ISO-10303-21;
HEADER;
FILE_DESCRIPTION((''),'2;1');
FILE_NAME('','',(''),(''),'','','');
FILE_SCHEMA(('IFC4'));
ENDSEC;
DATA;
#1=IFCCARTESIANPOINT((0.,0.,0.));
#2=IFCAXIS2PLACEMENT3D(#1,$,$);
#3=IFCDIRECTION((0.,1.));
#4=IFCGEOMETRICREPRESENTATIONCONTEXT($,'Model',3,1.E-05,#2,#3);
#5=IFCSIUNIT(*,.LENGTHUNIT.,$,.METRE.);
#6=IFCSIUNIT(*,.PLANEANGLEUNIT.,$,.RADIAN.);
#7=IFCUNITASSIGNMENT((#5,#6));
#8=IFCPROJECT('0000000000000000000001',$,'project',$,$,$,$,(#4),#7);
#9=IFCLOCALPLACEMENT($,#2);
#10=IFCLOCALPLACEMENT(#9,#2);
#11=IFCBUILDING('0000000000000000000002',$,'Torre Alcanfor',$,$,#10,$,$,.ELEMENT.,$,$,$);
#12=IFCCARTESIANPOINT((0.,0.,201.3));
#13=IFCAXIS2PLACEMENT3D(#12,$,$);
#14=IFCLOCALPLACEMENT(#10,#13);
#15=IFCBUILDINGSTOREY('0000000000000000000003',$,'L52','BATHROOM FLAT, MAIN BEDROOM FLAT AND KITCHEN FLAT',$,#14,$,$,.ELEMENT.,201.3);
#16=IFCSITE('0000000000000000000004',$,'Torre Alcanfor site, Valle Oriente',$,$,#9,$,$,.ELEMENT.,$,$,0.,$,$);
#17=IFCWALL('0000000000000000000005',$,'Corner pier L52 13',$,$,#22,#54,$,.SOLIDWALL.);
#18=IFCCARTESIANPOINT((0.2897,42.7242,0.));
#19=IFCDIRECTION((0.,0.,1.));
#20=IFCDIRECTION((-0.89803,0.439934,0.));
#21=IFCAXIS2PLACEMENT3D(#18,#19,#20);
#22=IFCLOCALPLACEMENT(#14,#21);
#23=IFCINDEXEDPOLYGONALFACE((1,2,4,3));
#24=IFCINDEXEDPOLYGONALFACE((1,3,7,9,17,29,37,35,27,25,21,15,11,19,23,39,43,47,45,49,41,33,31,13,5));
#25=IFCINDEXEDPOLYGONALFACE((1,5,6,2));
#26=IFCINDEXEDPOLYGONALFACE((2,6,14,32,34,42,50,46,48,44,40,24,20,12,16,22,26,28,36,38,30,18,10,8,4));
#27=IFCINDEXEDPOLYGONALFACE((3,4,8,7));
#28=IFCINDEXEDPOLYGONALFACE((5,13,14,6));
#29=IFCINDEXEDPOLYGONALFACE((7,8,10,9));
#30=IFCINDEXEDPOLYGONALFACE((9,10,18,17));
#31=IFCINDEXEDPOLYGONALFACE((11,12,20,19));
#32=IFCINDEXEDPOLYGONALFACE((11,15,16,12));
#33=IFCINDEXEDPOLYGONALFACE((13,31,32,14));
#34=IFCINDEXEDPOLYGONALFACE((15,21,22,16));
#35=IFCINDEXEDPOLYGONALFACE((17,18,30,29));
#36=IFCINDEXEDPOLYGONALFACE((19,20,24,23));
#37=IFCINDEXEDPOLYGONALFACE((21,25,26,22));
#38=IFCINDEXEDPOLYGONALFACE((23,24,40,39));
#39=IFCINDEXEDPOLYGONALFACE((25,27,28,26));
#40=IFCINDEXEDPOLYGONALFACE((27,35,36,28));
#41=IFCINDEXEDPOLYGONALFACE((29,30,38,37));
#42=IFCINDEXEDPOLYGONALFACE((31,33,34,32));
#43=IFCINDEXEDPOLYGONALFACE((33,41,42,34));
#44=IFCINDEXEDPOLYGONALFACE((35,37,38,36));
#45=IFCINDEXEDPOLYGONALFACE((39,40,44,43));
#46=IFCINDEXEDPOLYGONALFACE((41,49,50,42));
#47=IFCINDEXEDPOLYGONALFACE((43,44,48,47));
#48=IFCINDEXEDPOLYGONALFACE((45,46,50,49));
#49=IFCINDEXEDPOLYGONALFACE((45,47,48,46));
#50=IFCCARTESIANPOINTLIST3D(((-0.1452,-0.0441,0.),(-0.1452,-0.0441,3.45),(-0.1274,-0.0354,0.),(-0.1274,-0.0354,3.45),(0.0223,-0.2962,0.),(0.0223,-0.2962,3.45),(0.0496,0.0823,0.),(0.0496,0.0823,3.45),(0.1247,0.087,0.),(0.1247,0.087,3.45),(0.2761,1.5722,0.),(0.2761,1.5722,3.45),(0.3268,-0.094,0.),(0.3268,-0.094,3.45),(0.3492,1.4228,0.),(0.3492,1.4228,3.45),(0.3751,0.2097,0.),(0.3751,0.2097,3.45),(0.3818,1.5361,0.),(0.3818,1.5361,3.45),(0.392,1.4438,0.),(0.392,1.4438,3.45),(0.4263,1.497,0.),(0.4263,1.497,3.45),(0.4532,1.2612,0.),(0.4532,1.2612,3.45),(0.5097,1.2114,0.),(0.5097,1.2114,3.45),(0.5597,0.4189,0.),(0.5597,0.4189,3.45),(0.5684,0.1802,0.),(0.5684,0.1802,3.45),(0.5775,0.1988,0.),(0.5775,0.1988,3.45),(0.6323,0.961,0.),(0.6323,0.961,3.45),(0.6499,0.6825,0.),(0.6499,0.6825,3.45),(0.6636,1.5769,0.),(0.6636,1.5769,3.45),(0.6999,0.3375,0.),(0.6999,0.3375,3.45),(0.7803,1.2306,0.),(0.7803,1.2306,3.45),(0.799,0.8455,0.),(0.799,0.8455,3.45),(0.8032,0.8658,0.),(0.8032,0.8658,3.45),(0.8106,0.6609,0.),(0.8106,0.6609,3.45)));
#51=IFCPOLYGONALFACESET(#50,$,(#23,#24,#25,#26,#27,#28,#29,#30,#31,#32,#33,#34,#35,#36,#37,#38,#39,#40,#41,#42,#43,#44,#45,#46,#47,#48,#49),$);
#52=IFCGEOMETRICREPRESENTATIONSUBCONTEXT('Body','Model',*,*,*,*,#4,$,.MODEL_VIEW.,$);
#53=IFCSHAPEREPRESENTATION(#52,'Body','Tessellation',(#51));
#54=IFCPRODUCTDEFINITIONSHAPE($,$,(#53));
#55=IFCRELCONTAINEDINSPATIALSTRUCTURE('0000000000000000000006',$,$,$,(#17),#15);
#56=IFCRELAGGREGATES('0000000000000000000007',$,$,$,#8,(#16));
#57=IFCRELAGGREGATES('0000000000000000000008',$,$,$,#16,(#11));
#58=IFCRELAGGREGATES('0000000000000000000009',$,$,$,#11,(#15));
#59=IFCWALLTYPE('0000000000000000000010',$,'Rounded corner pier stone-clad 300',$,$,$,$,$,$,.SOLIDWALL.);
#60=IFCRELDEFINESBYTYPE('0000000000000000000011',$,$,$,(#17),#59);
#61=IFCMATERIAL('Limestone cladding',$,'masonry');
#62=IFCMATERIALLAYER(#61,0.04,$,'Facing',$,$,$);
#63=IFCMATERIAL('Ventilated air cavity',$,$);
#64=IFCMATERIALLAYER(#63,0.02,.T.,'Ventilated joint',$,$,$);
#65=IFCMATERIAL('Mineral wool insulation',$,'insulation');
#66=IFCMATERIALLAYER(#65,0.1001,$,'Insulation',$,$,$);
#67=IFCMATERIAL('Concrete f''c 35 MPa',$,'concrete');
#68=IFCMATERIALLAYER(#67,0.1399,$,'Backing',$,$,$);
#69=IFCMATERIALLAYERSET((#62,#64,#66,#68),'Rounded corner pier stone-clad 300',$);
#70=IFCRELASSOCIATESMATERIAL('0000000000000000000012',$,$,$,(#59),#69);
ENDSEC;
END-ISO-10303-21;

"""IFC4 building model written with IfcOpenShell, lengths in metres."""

from ifc_helpers import new_model, si_unit, direction, frame, origin, place, context, subcontext, project, spatial, polyline, outline, extrude, material, layer, layer_set, type_object, element, save


model = new_model("IFC4")

# Units and contexts
model_context = context("Model", 3, precision=1e-05, world=origin(), true_north=direction((0.0, 1.0)))
body_context = subcontext(model_context, "Body", "Model", "MODEL_VIEW")
ifc_project = project(units=[si_unit("LENGTHUNIT", "METRE"), si_unit("PLANEANGLEUNIT", "RADIAN")], contexts=[model_context])

# Site, building, storey
site_placement = place(None, origin())
site = spatial("IfcSite", under=ifc_project, at=site_placement, Name="Torre Alcanfor site, Valle Oriente", CompositionType="ELEMENT", RefElevation=0.0)
building_placement = place(site_placement, origin())
building = spatial("IfcBuilding", under=site, at=building_placement, Name="Torre Alcanfor", CompositionType="ELEMENT")
storey_placement = place(building_placement, frame((0.0, 0.0, 201.3)))
storey = spatial("IfcBuildingStorey", under=building, at=storey_placement, Name="L52", Description="BATHROOM FLAT, MAIN BEDROOM FLAT AND KITCHEN FLAT", CompositionType="ELEMENT", Elevation=201.3)

# Wall
ifc_material_1 = material(Name="Limestone cladding", Category="masonry")
ifc_layer_1 = layer(ifc_material_1, 0.04, Name="Facing")
ifc_material_2 = material(Name="Ventilated air cavity")
ifc_layer_2 = layer(ifc_material_2, 0.02, ventilated=True, Name="Ventilated joint")
ifc_material_3 = material(Name="Mineral wool insulation", Category="insulation")
ifc_layer_3 = layer(ifc_material_3, 0.1001, Name="Insulation")
ifc_material_4 = material(Name="Concrete f'c 35 MPa", Category="concrete")
ifc_layer_4 = layer(ifc_material_4, 0.1399, Name="Backing")
ifc_layer_set_1 = layer_set([ifc_layer_1, ifc_layer_2, ifc_layer_3, ifc_layer_4], Name="Rounded corner pier stone-clad 300")
wall_type_1 = type_object("IfcWallType", Name="Rounded corner pier stone-clad 300", PredefinedType="SOLIDWALL", material=ifc_layer_set_1)
wall_1_placement = place(storey_placement, frame((0.2897, 42.7242, 0.0), z_axis=(0.0, 0.0, 1.0), x_axis=(-0.89803, 0.439934, 0.0)))
element("IfcWall", 1, at=wall_1_placement, inside=storey, type_object=wall_type_1, Name="Corner pier L52 13", PredefinedType="SOLIDWALL", context=body_context, shape_type="SweptSolid", body=[
    extrude(outline(polyline([(-0.1452, -0.0441), (0.0223, -0.2962), (0.3268, -0.094), (0.5684, 0.1802), (0.5775, 0.1988), (0.6999, 0.3375), (0.8106, 0.6609), (0.799, 0.8455), (0.8032, 0.8658), (0.7803, 1.2306), (0.6636, 1.5769), (0.4263, 1.497), (0.3818, 1.5361), (0.2761, 1.5722), (0.3492, 1.4228), (0.392, 1.4438), (0.4532, 1.2612), (0.5097, 1.2114), (0.6323, 0.961), (0.6499, 0.6825), (0.5597, 0.4189), (0.3751, 0.2097), (0.1247, 0.087), (0.0496, 0.0823), (-0.1274, -0.0354), (-0.1452, -0.0441)])), origin(), (0.0, 0.0, 1.0), 3.45),
])

save(model, "model.ifc")
